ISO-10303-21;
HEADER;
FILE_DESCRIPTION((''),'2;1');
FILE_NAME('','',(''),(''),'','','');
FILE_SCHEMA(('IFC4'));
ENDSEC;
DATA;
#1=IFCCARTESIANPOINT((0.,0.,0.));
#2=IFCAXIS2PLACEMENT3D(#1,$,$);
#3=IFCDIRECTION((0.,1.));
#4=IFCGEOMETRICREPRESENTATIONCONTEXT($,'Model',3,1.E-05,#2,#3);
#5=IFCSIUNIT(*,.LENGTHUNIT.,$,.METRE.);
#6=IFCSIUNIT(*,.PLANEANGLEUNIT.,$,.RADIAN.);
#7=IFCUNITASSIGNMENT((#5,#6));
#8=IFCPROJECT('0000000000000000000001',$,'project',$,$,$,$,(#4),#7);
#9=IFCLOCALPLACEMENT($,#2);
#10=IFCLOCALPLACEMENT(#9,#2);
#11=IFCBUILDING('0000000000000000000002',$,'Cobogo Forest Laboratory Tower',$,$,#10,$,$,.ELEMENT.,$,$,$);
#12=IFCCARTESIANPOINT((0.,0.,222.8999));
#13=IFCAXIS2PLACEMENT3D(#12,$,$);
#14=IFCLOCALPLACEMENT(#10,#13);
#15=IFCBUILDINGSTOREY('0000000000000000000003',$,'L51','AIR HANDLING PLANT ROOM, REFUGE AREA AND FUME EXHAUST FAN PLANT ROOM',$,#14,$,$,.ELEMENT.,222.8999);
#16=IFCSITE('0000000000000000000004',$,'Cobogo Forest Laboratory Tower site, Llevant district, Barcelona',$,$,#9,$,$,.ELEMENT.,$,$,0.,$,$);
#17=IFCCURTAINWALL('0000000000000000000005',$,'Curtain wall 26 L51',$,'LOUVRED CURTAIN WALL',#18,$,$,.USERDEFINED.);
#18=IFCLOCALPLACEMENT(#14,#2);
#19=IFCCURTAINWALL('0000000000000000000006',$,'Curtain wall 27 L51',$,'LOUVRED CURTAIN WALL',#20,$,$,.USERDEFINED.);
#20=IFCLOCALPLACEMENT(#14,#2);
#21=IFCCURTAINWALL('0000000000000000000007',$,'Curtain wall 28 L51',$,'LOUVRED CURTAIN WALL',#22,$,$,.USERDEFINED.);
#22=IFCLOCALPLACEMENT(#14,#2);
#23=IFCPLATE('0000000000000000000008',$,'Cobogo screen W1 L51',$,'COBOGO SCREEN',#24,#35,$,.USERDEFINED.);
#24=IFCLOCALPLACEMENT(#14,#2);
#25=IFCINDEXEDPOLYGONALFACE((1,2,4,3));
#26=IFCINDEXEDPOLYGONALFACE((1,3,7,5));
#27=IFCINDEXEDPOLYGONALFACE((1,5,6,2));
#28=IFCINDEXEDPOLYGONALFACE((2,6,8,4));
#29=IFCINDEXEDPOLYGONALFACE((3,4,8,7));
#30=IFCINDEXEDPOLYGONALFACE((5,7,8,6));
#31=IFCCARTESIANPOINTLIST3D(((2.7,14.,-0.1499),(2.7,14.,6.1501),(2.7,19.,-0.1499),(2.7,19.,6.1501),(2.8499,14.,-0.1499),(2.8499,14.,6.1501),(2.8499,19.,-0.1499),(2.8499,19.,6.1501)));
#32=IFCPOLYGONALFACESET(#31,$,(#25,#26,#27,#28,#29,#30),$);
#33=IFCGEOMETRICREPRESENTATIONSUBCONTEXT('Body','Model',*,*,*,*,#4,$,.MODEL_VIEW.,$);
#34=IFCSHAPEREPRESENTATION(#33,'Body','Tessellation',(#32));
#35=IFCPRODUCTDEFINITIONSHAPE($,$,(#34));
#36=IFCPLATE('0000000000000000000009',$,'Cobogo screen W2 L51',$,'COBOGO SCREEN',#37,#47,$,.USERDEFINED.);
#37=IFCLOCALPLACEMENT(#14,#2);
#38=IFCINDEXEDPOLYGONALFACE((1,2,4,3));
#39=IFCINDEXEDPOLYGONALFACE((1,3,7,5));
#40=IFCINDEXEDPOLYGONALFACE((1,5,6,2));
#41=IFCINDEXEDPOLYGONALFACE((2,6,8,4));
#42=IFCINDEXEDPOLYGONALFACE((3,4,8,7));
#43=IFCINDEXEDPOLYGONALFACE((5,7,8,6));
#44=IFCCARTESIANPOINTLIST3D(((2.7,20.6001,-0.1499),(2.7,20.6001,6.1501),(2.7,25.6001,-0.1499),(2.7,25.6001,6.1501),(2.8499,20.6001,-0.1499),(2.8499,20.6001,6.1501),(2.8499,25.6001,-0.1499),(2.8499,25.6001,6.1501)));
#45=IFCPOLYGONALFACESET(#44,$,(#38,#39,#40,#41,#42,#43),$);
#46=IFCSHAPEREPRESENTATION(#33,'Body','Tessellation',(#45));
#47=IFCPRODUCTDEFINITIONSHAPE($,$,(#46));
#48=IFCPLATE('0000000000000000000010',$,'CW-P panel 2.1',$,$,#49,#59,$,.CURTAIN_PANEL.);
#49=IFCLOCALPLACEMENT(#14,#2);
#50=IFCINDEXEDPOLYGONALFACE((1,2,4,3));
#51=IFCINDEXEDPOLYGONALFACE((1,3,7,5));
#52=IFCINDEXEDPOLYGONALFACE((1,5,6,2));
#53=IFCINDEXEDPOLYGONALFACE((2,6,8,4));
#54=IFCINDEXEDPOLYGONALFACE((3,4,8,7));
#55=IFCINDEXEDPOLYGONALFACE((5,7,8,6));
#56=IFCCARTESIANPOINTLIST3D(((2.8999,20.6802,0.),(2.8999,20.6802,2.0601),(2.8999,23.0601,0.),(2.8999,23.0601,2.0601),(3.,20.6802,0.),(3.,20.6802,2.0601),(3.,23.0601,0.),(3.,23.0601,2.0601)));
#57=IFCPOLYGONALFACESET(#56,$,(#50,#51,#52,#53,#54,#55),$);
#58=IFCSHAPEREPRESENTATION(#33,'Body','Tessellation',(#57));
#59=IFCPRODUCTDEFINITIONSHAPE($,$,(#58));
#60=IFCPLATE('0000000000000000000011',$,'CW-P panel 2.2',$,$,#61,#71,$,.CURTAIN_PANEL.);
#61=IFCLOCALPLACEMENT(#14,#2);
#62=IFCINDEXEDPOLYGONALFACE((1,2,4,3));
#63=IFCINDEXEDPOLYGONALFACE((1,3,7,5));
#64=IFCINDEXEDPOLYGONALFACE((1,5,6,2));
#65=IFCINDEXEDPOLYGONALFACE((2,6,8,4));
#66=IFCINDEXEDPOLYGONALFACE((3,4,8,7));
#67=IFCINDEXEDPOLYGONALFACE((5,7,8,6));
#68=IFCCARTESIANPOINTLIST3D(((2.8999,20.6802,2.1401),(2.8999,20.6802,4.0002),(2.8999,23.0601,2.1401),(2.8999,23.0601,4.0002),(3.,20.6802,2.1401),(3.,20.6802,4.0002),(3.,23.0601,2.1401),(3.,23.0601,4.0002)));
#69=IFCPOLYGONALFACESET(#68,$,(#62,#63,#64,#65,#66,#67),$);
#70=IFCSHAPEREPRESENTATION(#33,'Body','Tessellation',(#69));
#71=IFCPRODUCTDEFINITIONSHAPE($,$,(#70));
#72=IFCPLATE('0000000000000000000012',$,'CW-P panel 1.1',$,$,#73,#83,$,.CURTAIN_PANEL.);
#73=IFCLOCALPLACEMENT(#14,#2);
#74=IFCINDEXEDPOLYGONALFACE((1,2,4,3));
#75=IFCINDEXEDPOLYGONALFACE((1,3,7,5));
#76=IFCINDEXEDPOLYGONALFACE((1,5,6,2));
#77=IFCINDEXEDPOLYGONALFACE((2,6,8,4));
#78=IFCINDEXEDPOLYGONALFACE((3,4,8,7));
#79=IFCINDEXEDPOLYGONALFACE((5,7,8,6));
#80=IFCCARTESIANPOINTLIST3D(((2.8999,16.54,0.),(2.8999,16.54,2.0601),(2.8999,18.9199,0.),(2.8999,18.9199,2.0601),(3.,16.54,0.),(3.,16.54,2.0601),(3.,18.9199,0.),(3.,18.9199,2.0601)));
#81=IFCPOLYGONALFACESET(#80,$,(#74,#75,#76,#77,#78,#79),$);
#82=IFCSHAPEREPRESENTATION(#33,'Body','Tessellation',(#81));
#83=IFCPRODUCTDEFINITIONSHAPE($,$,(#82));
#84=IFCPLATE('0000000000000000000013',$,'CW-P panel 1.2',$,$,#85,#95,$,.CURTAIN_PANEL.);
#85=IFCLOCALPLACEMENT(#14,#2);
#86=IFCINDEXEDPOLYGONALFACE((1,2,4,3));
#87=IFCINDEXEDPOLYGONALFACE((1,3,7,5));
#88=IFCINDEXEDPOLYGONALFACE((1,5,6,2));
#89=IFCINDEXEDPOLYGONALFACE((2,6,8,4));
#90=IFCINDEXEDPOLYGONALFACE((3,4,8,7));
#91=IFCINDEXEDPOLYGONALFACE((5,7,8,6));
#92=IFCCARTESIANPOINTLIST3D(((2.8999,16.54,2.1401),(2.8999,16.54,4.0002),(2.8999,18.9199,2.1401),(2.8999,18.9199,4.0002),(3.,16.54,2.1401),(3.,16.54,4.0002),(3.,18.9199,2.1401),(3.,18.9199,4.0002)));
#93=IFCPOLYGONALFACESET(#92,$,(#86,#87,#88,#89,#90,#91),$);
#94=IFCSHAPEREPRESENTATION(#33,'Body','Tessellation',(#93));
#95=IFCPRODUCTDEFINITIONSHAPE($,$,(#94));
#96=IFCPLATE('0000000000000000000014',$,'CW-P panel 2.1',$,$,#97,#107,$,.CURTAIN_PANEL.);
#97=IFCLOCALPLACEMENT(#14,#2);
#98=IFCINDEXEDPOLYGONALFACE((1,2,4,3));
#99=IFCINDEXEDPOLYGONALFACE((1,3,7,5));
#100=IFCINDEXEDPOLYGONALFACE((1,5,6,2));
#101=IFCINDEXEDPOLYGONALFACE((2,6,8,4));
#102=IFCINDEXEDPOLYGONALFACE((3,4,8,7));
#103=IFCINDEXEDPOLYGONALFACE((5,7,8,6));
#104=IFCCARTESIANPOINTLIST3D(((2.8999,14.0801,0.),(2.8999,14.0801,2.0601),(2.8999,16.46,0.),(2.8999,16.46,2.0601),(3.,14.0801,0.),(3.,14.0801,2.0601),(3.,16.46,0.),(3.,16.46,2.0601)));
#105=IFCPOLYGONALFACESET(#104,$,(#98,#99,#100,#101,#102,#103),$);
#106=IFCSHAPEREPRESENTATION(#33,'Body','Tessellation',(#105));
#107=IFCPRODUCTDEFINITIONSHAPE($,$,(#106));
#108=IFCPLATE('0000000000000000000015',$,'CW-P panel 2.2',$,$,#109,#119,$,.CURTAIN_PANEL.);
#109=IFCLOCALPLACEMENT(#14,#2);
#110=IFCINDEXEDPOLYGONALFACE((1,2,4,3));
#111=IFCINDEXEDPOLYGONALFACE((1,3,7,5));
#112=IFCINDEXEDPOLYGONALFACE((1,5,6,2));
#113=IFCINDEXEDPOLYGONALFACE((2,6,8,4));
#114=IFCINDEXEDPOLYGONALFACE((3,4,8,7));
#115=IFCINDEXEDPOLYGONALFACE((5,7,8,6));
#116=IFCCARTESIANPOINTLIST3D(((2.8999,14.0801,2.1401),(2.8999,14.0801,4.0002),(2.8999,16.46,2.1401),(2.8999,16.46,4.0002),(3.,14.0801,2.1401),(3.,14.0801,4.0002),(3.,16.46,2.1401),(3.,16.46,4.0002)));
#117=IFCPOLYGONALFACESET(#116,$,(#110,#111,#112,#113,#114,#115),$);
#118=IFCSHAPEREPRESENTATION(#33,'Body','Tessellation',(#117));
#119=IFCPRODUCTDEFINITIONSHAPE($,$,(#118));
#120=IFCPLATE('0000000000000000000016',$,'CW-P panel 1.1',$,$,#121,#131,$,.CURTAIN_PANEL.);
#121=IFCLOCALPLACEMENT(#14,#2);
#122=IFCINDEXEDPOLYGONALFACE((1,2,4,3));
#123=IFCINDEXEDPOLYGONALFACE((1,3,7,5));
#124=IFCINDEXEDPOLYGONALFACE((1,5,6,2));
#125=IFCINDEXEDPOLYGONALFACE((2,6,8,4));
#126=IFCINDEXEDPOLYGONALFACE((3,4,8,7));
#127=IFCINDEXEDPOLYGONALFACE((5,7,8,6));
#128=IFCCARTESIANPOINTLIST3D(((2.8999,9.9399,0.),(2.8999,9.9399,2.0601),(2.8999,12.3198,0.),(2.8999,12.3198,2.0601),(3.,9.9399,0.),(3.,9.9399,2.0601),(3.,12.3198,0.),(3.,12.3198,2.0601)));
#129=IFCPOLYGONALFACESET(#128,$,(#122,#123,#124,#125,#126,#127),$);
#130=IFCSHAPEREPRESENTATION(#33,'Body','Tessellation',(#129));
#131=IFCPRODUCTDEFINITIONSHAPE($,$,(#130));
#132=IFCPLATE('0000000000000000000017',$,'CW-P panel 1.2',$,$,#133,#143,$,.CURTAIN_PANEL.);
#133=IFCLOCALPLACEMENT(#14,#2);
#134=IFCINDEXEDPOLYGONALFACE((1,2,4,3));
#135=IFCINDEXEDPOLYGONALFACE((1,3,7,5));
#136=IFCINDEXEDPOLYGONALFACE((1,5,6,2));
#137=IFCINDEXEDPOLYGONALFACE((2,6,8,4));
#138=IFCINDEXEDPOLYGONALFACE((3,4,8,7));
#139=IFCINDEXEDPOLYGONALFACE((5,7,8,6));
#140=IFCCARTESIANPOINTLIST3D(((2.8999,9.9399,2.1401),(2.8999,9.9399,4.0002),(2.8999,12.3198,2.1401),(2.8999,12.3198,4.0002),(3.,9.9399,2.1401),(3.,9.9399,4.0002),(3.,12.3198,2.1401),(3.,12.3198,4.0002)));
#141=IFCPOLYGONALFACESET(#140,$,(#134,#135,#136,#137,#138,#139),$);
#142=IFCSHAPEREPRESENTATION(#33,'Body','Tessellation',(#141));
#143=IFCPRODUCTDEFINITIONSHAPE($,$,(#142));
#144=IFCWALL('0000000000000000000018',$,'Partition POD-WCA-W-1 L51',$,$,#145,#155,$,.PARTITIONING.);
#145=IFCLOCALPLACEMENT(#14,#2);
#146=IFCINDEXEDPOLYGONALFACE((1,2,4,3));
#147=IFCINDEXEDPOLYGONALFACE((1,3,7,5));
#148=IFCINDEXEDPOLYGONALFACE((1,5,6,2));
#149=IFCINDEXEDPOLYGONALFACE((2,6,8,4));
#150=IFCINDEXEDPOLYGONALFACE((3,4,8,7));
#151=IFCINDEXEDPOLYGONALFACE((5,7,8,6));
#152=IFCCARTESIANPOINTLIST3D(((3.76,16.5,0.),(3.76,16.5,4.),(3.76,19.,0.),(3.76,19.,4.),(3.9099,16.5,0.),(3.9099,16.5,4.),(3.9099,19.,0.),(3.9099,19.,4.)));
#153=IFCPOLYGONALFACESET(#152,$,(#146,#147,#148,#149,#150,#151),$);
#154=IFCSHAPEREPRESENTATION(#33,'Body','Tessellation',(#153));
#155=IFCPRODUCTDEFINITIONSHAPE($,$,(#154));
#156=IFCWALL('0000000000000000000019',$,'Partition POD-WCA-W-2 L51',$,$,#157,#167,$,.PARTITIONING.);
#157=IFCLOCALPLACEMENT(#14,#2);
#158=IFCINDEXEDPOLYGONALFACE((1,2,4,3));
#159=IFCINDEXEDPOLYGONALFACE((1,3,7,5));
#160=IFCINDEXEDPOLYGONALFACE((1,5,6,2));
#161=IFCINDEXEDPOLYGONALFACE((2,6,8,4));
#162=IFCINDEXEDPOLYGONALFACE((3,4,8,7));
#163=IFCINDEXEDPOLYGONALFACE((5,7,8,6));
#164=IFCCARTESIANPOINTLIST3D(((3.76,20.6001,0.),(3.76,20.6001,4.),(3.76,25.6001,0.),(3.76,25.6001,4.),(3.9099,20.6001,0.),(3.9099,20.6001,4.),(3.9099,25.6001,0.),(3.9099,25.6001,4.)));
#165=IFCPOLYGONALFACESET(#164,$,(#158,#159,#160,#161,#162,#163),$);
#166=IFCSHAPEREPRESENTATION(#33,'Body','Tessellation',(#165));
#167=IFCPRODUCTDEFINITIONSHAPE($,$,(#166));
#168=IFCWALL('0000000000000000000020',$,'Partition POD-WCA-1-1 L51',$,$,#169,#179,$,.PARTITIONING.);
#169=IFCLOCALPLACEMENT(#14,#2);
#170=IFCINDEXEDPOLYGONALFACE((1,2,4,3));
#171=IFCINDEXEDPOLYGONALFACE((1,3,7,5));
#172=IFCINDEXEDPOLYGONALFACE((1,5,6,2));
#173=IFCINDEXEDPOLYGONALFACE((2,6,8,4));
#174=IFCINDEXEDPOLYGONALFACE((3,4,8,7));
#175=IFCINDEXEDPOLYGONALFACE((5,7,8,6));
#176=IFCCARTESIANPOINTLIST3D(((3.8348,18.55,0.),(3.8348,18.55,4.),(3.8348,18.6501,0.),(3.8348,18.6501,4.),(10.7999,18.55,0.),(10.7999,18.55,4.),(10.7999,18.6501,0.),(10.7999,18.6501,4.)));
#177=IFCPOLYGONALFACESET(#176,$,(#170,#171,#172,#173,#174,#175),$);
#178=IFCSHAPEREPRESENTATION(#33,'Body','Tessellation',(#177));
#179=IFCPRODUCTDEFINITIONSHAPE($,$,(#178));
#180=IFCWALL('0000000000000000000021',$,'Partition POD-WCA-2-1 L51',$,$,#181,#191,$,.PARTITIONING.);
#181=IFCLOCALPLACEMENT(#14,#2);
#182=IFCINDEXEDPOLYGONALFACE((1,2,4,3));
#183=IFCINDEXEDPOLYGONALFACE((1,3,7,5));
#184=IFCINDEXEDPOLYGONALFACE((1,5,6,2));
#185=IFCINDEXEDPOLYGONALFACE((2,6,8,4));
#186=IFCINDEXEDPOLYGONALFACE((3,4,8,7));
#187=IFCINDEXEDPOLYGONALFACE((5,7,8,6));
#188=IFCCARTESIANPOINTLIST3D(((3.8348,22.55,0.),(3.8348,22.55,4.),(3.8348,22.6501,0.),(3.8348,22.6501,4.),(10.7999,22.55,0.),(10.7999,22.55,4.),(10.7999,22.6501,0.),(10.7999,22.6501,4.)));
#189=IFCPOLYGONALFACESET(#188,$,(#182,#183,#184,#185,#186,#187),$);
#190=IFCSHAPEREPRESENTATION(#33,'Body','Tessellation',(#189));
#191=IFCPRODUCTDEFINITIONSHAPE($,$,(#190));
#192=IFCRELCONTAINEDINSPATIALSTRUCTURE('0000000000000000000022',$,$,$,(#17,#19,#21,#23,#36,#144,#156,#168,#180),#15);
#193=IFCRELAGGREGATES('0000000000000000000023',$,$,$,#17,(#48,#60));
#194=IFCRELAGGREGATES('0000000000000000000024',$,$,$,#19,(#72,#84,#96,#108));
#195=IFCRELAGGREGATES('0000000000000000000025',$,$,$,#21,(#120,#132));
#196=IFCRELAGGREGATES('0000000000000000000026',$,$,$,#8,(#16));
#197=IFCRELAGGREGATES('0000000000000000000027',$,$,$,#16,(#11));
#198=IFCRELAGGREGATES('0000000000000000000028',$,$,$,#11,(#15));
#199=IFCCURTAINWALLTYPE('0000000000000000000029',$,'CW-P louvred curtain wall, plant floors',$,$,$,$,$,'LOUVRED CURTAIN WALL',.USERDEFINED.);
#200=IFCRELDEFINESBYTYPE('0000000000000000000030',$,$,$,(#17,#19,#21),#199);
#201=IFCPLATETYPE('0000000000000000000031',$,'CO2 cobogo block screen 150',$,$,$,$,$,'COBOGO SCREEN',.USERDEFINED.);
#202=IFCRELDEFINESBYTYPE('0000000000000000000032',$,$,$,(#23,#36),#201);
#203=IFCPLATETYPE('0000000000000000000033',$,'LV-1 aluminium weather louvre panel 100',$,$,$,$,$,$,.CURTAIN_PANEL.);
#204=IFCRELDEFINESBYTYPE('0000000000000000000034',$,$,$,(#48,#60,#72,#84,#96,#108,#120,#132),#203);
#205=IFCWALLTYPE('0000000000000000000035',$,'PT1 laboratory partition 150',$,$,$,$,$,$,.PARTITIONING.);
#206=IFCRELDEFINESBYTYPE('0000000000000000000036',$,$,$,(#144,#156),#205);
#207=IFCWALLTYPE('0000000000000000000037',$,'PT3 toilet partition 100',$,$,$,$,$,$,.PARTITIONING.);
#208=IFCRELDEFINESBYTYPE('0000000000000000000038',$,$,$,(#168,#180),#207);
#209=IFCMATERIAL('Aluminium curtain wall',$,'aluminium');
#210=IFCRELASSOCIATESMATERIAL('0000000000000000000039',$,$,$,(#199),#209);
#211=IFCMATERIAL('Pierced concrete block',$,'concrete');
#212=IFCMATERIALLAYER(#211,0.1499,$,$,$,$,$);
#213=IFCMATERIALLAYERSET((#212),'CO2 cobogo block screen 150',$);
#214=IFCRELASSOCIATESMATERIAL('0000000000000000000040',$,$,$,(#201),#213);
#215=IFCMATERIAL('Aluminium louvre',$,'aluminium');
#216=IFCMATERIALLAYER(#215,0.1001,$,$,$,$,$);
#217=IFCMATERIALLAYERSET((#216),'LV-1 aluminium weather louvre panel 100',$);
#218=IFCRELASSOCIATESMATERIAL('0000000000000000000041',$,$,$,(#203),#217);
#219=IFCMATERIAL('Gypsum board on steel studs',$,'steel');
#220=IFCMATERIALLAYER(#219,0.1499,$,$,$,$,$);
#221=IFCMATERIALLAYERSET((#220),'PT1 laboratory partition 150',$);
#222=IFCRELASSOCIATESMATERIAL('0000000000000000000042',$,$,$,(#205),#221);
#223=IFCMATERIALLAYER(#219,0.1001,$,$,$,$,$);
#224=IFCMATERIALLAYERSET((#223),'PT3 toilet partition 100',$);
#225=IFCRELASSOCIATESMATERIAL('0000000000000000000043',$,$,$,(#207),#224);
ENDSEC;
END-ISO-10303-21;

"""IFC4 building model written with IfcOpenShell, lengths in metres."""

from ifc_helpers import new_model, si_unit, direction, frame, frame_2d, origin, origin_2d, place, context, subcontext, project, spatial, rectangle, extrude, material, layer, layer_set, type_object, element, aggregate, save


model = new_model("IFC4")

# Units and contexts
model_context = context("Model", 3, precision=1e-05, world=origin(), true_north=direction((0.0, 1.0)))
body_context = subcontext(model_context, "Body", "Model", "MODEL_VIEW")
ifc_project = project(units=[si_unit("LENGTHUNIT", "METRE"), si_unit("PLANEANGLEUNIT", "RADIAN")], contexts=[model_context])

# Site, building, storey
site_placement = place(None, origin())
site = spatial("IfcSite", under=ifc_project, at=site_placement, Name="Cobogo Forest Laboratory Tower site, Llevant district, Barcelona", CompositionType="ELEMENT", RefElevation=0.0)
building_placement = place(site_placement, origin())
building = spatial("IfcBuilding", under=site, at=building_placement, Name="Cobogo Forest Laboratory Tower", CompositionType="ELEMENT")
storey_placement = place(building_placement, frame((0.0, 0.0, 222.8999)))
storey = spatial("IfcBuildingStorey", under=building, at=storey_placement, Name="L51", Description="AIR HANDLING PLANT ROOM, REFUGE AREA AND FUME EXHAUST FAN PLANT ROOM", CompositionType="ELEMENT", Elevation=222.8999)

# Curtain walls
ifc_material_1 = material(Name="Aluminium curtain wall", Category="aluminium")
curtain_wall_type = type_object("IfcCurtainWallType", Name="CW-P louvred curtain wall, plant floors", ElementType="LOUVRED CURTAIN WALL", PredefinedType="USERDEFINED", material=ifc_material_1)
curtain_wall_1_placement = place(storey_placement, origin())
curtain_wall_1 = element("IfcCurtainWall", 1, at=curtain_wall_1_placement, inside=storey, type_object=curtain_wall_type, Name="Curtain wall 26 L51", ObjectType="LOUVRED CURTAIN WALL", PredefinedType="USERDEFINED")
curtain_wall_2_placement = place(storey_placement, origin())
curtain_wall_2 = element("IfcCurtainWall", 2, at=curtain_wall_2_placement, inside=storey, type_object=curtain_wall_type, Name="Curtain wall 27 L51", ObjectType="LOUVRED CURTAIN WALL", PredefinedType="USERDEFINED")

# Curtain wall
curtain_wall_3_placement = place(storey_placement, origin())
curtain_wall_3 = element("IfcCurtainWall", 3, at=curtain_wall_3_placement, inside=storey, type_object=curtain_wall_type, Name="Curtain wall 28 L51", ObjectType="LOUVRED CURTAIN WALL", PredefinedType="USERDEFINED")

# Plates
ifc_material_2 = material(Name="Pierced concrete block", Category="concrete")
ifc_layer_1 = layer(ifc_material_2, 0.1499)
ifc_layer_set_1 = layer_set([ifc_layer_1], Name="CO2 cobogo block screen 150")
plate_type_1 = type_object("IfcPlateType", Name="CO2 cobogo block screen 150", ElementType="COBOGO SCREEN", PredefinedType="USERDEFINED", material=ifc_layer_set_1)
for number, where, z_axis, x_axis, name in (
    (4, (2.7749, 16.5, -0.1499), (0.0, 0.0, 1.0), (0.0, 1.0, 0.0), "Cobogo screen W1 L51"),
    (5, (2.7749, 23.1001, -0.1499), (0.0, 0.0, 1.0), (0.0, 1.0, 0.0), "Cobogo screen W2 L51"),
):
    element("IfcPlate", number, at=place(storey_placement, frame(where, z_axis=z_axis, x_axis=x_axis)), inside=storey, type_object=plate_type_1, Name=name, ObjectType="COBOGO SCREEN", PredefinedType="USERDEFINED", context=body_context, shape_type="SweptSolid", body=[
        extrude(rectangle(XDim=5.0, YDim=0.1499, at=origin_2d()), origin(), (0.0, 0.0, 1.0), 6.3),
    ])

# Plates
ifc_material_3 = material(Name="Aluminium louvre", Category="aluminium")
ifc_layer_2 = layer(ifc_material_3, 0.1001)
ifc_layer_set_2 = layer_set([ifc_layer_2], Name="LV-1 aluminium weather louvre panel 100")
plate_type_2 = type_object("IfcPlateType", Name="LV-1 aluminium weather louvre panel 100", PredefinedType="CURTAIN_PANEL", material=ifc_layer_set_2)
plate_1_placement = place(storey_placement, frame((2.95, 21.8701, 0.0), z_axis=(0.0, 0.0, 1.0), x_axis=(0.0, -1.0, 0.0)))
plate_1 = element("IfcPlate", 6, at=plate_1_placement, type_object=plate_type_2, Name="CW-P panel 2.1", PredefinedType="CURTAIN_PANEL", context=body_context, shape_type="SweptSolid", body=[
    extrude(rectangle(XDim=2.3799, YDim=0.1001, at=origin_2d()), origin(), (0.0, 0.0, 1.0), 2.0601),
])
plate_2_placement = place(storey_placement, frame((2.95, 21.8701, 2.1401), z_axis=(0.0, 0.0, 1.0), x_axis=(0.0, -1.0, 0.0)))
plate_2 = element("IfcPlate", 7, at=plate_2_placement, type_object=plate_type_2, Name="CW-P panel 2.2", PredefinedType="CURTAIN_PANEL", context=body_context, shape_type="SweptSolid", body=[
    extrude(rectangle(XDim=2.3799, YDim=0.1001, at=origin_2d()), origin(), (0.0, 0.0, 1.0), 1.8601),
])
aggregate(curtain_wall_1, [plate_1, plate_2])
plate_3_placement = place(storey_placement, frame((2.95, 17.73, 0.0), z_axis=(0.0, 0.0, 1.0), x_axis=(0.0, -1.0, 0.0)))
plate_3 = element("IfcPlate", 8, at=plate_3_placement, type_object=plate_type_2, Name="CW-P panel 1.1", PredefinedType="CURTAIN_PANEL", context=body_context, shape_type="SweptSolid", body=[
    extrude(rectangle(XDim=2.3799, YDim=0.1001, at=origin_2d()), origin(), (0.0, 0.0, 1.0), 2.0601),
])
plate_4_placement = place(storey_placement, frame((2.95, 17.73, 2.1401), z_axis=(0.0, 0.0, 1.0), x_axis=(0.0, -1.0, 0.0)))
plate_4 = element("IfcPlate", 9, at=plate_4_placement, type_object=plate_type_2, Name="CW-P panel 1.2", PredefinedType="CURTAIN_PANEL", context=body_context, shape_type="SweptSolid", body=[
    extrude(rectangle(XDim=2.3799, YDim=0.1001, at=origin_2d()), origin(), (0.0, 0.0, 1.0), 1.8601),
])
plate_5_placement = place(storey_placement, frame((2.95, 15.27, 0.0), z_axis=(0.0, 0.0, 1.0), x_axis=(0.0, -1.0, 0.0)))
plate_5 = element("IfcPlate", 10, at=plate_5_placement, type_object=plate_type_2, Name="CW-P panel 2.1", PredefinedType="CURTAIN_PANEL", context=body_context, shape_type="SweptSolid", body=[
    extrude(rectangle(XDim=2.3799, YDim=0.1001, at=origin_2d()), origin(), (0.0, 0.0, 1.0), 2.0601),
])
plate_6_placement = place(storey_placement, frame((2.95, 15.27, 2.1401), z_axis=(0.0, 0.0, 1.0), x_axis=(0.0, -1.0, 0.0)))
plate_6 = element("IfcPlate", 11, at=plate_6_placement, type_object=plate_type_2, Name="CW-P panel 2.2", PredefinedType="CURTAIN_PANEL", context=body_context, shape_type="SweptSolid", body=[
    extrude(rectangle(XDim=2.3799, YDim=0.1001, at=origin_2d()), origin(), (0.0, 0.0, 1.0), 1.8601),
])
aggregate(curtain_wall_2, [plate_3, plate_4, plate_5, plate_6])
plate_7_placement = place(storey_placement, frame((2.95, 11.1299, 0.0), z_axis=(0.0, 0.0, 1.0), x_axis=(0.0, -1.0, 0.0)))
plate_7 = element("IfcPlate", 12, at=plate_7_placement, type_object=plate_type_2, Name="CW-P panel 1.1", PredefinedType="CURTAIN_PANEL", context=body_context, shape_type="SweptSolid", body=[
    extrude(rectangle(XDim=2.3799, YDim=0.1001, at=origin_2d()), origin(), (0.0, 0.0, 1.0), 2.0601),
])
plate_8_placement = place(storey_placement, frame((2.95, 11.1299, 2.1401), z_axis=(0.0, 0.0, 1.0), x_axis=(0.0, -1.0, 0.0)))
plate_8 = element("IfcPlate", 13, at=plate_8_placement, type_object=plate_type_2, Name="CW-P panel 1.2", PredefinedType="CURTAIN_PANEL", context=body_context, shape_type="SweptSolid", body=[
    extrude(rectangle(XDim=2.3799, YDim=0.1001, at=origin_2d()), origin(), (0.0, 0.0, 1.0), 1.8601),
])
aggregate(curtain_wall_3, [plate_7, plate_8])

# Walls
ifc_material_4 = material(Name="Gypsum board on steel studs", Category="steel")
ifc_layer_3 = layer(ifc_material_4, 0.1499)
ifc_layer_set_3 = layer_set([ifc_layer_3], Name="PT1 laboratory partition 150")
wall_type_1 = type_object("IfcWallType", Name="PT1 laboratory partition 150", PredefinedType="PARTITIONING", material=ifc_layer_set_3)
wall_1_placement = place(storey_placement, frame((3.835, 16.5, 0.0), z_axis=(0.0, 0.0, 1.0), x_axis=(0.0, 1.0, 0.0)))
element("IfcWall", 14, at=wall_1_placement, inside=storey, type_object=wall_type_1, Name="Partition POD-WCA-W-1 L51", PredefinedType="PARTITIONING", context=body_context, shape_type="SweptSolid", body=[
    extrude(rectangle(XDim=2.5, YDim=0.1499, at=frame_2d((1.25, 0.0))), origin(), (0.0, 0.0, 1.0), 4.0),
])
wall_2_placement = place(storey_placement, frame((3.835, 20.6001, 0.0), z_axis=(0.0, 0.0, 1.0), x_axis=(0.0, 1.0, 0.0)))
element("IfcWall", 15, at=wall_2_placement, inside=storey, type_object=wall_type_1, Name="Partition POD-WCA-W-2 L51", PredefinedType="PARTITIONING", context=body_context, shape_type="SweptSolid", body=[
    extrude(rectangle(XDim=5.0, YDim=0.1499, at=frame_2d((2.5, 0.0))), origin(), (0.0, 0.0, 1.0), 4.0),
])
ifc_layer_4 = layer(ifc_material_4, 0.1001)
ifc_layer_set_4 = layer_set([ifc_layer_4], Name="PT3 toilet partition 100")
wall_type_2 = type_object("IfcWallType", Name="PT3 toilet partition 100", PredefinedType="PARTITIONING", material=ifc_layer_set_4)
for number, where, z_axis, x_axis, name in (
    (16, (3.835, 18.6001, 0.0), (0.0, 0.0, 1.0), (1.0, 0.0, 0.0), "Partition POD-WCA-1-1 L51"),
    (17, (3.835, 22.6001, 0.0), (0.0, 0.0, 1.0), (1.0, 0.0, 0.0), "Partition POD-WCA-2-1 L51"),
):
    element("IfcWall", number, at=place(storey_placement, frame(where, z_axis=z_axis, x_axis=x_axis)), inside=storey, type_object=wall_type_2, Name=name, PredefinedType="PARTITIONING", context=body_context, shape_type="SweptSolid", body=[
        extrude(rectangle(XDim=6.9651, YDim=0.1001, at=frame_2d((3.4824, 0.0))), origin(), (0.0, 0.0, 1.0), 4.0),
    ])

save(model, "model.ifc")
